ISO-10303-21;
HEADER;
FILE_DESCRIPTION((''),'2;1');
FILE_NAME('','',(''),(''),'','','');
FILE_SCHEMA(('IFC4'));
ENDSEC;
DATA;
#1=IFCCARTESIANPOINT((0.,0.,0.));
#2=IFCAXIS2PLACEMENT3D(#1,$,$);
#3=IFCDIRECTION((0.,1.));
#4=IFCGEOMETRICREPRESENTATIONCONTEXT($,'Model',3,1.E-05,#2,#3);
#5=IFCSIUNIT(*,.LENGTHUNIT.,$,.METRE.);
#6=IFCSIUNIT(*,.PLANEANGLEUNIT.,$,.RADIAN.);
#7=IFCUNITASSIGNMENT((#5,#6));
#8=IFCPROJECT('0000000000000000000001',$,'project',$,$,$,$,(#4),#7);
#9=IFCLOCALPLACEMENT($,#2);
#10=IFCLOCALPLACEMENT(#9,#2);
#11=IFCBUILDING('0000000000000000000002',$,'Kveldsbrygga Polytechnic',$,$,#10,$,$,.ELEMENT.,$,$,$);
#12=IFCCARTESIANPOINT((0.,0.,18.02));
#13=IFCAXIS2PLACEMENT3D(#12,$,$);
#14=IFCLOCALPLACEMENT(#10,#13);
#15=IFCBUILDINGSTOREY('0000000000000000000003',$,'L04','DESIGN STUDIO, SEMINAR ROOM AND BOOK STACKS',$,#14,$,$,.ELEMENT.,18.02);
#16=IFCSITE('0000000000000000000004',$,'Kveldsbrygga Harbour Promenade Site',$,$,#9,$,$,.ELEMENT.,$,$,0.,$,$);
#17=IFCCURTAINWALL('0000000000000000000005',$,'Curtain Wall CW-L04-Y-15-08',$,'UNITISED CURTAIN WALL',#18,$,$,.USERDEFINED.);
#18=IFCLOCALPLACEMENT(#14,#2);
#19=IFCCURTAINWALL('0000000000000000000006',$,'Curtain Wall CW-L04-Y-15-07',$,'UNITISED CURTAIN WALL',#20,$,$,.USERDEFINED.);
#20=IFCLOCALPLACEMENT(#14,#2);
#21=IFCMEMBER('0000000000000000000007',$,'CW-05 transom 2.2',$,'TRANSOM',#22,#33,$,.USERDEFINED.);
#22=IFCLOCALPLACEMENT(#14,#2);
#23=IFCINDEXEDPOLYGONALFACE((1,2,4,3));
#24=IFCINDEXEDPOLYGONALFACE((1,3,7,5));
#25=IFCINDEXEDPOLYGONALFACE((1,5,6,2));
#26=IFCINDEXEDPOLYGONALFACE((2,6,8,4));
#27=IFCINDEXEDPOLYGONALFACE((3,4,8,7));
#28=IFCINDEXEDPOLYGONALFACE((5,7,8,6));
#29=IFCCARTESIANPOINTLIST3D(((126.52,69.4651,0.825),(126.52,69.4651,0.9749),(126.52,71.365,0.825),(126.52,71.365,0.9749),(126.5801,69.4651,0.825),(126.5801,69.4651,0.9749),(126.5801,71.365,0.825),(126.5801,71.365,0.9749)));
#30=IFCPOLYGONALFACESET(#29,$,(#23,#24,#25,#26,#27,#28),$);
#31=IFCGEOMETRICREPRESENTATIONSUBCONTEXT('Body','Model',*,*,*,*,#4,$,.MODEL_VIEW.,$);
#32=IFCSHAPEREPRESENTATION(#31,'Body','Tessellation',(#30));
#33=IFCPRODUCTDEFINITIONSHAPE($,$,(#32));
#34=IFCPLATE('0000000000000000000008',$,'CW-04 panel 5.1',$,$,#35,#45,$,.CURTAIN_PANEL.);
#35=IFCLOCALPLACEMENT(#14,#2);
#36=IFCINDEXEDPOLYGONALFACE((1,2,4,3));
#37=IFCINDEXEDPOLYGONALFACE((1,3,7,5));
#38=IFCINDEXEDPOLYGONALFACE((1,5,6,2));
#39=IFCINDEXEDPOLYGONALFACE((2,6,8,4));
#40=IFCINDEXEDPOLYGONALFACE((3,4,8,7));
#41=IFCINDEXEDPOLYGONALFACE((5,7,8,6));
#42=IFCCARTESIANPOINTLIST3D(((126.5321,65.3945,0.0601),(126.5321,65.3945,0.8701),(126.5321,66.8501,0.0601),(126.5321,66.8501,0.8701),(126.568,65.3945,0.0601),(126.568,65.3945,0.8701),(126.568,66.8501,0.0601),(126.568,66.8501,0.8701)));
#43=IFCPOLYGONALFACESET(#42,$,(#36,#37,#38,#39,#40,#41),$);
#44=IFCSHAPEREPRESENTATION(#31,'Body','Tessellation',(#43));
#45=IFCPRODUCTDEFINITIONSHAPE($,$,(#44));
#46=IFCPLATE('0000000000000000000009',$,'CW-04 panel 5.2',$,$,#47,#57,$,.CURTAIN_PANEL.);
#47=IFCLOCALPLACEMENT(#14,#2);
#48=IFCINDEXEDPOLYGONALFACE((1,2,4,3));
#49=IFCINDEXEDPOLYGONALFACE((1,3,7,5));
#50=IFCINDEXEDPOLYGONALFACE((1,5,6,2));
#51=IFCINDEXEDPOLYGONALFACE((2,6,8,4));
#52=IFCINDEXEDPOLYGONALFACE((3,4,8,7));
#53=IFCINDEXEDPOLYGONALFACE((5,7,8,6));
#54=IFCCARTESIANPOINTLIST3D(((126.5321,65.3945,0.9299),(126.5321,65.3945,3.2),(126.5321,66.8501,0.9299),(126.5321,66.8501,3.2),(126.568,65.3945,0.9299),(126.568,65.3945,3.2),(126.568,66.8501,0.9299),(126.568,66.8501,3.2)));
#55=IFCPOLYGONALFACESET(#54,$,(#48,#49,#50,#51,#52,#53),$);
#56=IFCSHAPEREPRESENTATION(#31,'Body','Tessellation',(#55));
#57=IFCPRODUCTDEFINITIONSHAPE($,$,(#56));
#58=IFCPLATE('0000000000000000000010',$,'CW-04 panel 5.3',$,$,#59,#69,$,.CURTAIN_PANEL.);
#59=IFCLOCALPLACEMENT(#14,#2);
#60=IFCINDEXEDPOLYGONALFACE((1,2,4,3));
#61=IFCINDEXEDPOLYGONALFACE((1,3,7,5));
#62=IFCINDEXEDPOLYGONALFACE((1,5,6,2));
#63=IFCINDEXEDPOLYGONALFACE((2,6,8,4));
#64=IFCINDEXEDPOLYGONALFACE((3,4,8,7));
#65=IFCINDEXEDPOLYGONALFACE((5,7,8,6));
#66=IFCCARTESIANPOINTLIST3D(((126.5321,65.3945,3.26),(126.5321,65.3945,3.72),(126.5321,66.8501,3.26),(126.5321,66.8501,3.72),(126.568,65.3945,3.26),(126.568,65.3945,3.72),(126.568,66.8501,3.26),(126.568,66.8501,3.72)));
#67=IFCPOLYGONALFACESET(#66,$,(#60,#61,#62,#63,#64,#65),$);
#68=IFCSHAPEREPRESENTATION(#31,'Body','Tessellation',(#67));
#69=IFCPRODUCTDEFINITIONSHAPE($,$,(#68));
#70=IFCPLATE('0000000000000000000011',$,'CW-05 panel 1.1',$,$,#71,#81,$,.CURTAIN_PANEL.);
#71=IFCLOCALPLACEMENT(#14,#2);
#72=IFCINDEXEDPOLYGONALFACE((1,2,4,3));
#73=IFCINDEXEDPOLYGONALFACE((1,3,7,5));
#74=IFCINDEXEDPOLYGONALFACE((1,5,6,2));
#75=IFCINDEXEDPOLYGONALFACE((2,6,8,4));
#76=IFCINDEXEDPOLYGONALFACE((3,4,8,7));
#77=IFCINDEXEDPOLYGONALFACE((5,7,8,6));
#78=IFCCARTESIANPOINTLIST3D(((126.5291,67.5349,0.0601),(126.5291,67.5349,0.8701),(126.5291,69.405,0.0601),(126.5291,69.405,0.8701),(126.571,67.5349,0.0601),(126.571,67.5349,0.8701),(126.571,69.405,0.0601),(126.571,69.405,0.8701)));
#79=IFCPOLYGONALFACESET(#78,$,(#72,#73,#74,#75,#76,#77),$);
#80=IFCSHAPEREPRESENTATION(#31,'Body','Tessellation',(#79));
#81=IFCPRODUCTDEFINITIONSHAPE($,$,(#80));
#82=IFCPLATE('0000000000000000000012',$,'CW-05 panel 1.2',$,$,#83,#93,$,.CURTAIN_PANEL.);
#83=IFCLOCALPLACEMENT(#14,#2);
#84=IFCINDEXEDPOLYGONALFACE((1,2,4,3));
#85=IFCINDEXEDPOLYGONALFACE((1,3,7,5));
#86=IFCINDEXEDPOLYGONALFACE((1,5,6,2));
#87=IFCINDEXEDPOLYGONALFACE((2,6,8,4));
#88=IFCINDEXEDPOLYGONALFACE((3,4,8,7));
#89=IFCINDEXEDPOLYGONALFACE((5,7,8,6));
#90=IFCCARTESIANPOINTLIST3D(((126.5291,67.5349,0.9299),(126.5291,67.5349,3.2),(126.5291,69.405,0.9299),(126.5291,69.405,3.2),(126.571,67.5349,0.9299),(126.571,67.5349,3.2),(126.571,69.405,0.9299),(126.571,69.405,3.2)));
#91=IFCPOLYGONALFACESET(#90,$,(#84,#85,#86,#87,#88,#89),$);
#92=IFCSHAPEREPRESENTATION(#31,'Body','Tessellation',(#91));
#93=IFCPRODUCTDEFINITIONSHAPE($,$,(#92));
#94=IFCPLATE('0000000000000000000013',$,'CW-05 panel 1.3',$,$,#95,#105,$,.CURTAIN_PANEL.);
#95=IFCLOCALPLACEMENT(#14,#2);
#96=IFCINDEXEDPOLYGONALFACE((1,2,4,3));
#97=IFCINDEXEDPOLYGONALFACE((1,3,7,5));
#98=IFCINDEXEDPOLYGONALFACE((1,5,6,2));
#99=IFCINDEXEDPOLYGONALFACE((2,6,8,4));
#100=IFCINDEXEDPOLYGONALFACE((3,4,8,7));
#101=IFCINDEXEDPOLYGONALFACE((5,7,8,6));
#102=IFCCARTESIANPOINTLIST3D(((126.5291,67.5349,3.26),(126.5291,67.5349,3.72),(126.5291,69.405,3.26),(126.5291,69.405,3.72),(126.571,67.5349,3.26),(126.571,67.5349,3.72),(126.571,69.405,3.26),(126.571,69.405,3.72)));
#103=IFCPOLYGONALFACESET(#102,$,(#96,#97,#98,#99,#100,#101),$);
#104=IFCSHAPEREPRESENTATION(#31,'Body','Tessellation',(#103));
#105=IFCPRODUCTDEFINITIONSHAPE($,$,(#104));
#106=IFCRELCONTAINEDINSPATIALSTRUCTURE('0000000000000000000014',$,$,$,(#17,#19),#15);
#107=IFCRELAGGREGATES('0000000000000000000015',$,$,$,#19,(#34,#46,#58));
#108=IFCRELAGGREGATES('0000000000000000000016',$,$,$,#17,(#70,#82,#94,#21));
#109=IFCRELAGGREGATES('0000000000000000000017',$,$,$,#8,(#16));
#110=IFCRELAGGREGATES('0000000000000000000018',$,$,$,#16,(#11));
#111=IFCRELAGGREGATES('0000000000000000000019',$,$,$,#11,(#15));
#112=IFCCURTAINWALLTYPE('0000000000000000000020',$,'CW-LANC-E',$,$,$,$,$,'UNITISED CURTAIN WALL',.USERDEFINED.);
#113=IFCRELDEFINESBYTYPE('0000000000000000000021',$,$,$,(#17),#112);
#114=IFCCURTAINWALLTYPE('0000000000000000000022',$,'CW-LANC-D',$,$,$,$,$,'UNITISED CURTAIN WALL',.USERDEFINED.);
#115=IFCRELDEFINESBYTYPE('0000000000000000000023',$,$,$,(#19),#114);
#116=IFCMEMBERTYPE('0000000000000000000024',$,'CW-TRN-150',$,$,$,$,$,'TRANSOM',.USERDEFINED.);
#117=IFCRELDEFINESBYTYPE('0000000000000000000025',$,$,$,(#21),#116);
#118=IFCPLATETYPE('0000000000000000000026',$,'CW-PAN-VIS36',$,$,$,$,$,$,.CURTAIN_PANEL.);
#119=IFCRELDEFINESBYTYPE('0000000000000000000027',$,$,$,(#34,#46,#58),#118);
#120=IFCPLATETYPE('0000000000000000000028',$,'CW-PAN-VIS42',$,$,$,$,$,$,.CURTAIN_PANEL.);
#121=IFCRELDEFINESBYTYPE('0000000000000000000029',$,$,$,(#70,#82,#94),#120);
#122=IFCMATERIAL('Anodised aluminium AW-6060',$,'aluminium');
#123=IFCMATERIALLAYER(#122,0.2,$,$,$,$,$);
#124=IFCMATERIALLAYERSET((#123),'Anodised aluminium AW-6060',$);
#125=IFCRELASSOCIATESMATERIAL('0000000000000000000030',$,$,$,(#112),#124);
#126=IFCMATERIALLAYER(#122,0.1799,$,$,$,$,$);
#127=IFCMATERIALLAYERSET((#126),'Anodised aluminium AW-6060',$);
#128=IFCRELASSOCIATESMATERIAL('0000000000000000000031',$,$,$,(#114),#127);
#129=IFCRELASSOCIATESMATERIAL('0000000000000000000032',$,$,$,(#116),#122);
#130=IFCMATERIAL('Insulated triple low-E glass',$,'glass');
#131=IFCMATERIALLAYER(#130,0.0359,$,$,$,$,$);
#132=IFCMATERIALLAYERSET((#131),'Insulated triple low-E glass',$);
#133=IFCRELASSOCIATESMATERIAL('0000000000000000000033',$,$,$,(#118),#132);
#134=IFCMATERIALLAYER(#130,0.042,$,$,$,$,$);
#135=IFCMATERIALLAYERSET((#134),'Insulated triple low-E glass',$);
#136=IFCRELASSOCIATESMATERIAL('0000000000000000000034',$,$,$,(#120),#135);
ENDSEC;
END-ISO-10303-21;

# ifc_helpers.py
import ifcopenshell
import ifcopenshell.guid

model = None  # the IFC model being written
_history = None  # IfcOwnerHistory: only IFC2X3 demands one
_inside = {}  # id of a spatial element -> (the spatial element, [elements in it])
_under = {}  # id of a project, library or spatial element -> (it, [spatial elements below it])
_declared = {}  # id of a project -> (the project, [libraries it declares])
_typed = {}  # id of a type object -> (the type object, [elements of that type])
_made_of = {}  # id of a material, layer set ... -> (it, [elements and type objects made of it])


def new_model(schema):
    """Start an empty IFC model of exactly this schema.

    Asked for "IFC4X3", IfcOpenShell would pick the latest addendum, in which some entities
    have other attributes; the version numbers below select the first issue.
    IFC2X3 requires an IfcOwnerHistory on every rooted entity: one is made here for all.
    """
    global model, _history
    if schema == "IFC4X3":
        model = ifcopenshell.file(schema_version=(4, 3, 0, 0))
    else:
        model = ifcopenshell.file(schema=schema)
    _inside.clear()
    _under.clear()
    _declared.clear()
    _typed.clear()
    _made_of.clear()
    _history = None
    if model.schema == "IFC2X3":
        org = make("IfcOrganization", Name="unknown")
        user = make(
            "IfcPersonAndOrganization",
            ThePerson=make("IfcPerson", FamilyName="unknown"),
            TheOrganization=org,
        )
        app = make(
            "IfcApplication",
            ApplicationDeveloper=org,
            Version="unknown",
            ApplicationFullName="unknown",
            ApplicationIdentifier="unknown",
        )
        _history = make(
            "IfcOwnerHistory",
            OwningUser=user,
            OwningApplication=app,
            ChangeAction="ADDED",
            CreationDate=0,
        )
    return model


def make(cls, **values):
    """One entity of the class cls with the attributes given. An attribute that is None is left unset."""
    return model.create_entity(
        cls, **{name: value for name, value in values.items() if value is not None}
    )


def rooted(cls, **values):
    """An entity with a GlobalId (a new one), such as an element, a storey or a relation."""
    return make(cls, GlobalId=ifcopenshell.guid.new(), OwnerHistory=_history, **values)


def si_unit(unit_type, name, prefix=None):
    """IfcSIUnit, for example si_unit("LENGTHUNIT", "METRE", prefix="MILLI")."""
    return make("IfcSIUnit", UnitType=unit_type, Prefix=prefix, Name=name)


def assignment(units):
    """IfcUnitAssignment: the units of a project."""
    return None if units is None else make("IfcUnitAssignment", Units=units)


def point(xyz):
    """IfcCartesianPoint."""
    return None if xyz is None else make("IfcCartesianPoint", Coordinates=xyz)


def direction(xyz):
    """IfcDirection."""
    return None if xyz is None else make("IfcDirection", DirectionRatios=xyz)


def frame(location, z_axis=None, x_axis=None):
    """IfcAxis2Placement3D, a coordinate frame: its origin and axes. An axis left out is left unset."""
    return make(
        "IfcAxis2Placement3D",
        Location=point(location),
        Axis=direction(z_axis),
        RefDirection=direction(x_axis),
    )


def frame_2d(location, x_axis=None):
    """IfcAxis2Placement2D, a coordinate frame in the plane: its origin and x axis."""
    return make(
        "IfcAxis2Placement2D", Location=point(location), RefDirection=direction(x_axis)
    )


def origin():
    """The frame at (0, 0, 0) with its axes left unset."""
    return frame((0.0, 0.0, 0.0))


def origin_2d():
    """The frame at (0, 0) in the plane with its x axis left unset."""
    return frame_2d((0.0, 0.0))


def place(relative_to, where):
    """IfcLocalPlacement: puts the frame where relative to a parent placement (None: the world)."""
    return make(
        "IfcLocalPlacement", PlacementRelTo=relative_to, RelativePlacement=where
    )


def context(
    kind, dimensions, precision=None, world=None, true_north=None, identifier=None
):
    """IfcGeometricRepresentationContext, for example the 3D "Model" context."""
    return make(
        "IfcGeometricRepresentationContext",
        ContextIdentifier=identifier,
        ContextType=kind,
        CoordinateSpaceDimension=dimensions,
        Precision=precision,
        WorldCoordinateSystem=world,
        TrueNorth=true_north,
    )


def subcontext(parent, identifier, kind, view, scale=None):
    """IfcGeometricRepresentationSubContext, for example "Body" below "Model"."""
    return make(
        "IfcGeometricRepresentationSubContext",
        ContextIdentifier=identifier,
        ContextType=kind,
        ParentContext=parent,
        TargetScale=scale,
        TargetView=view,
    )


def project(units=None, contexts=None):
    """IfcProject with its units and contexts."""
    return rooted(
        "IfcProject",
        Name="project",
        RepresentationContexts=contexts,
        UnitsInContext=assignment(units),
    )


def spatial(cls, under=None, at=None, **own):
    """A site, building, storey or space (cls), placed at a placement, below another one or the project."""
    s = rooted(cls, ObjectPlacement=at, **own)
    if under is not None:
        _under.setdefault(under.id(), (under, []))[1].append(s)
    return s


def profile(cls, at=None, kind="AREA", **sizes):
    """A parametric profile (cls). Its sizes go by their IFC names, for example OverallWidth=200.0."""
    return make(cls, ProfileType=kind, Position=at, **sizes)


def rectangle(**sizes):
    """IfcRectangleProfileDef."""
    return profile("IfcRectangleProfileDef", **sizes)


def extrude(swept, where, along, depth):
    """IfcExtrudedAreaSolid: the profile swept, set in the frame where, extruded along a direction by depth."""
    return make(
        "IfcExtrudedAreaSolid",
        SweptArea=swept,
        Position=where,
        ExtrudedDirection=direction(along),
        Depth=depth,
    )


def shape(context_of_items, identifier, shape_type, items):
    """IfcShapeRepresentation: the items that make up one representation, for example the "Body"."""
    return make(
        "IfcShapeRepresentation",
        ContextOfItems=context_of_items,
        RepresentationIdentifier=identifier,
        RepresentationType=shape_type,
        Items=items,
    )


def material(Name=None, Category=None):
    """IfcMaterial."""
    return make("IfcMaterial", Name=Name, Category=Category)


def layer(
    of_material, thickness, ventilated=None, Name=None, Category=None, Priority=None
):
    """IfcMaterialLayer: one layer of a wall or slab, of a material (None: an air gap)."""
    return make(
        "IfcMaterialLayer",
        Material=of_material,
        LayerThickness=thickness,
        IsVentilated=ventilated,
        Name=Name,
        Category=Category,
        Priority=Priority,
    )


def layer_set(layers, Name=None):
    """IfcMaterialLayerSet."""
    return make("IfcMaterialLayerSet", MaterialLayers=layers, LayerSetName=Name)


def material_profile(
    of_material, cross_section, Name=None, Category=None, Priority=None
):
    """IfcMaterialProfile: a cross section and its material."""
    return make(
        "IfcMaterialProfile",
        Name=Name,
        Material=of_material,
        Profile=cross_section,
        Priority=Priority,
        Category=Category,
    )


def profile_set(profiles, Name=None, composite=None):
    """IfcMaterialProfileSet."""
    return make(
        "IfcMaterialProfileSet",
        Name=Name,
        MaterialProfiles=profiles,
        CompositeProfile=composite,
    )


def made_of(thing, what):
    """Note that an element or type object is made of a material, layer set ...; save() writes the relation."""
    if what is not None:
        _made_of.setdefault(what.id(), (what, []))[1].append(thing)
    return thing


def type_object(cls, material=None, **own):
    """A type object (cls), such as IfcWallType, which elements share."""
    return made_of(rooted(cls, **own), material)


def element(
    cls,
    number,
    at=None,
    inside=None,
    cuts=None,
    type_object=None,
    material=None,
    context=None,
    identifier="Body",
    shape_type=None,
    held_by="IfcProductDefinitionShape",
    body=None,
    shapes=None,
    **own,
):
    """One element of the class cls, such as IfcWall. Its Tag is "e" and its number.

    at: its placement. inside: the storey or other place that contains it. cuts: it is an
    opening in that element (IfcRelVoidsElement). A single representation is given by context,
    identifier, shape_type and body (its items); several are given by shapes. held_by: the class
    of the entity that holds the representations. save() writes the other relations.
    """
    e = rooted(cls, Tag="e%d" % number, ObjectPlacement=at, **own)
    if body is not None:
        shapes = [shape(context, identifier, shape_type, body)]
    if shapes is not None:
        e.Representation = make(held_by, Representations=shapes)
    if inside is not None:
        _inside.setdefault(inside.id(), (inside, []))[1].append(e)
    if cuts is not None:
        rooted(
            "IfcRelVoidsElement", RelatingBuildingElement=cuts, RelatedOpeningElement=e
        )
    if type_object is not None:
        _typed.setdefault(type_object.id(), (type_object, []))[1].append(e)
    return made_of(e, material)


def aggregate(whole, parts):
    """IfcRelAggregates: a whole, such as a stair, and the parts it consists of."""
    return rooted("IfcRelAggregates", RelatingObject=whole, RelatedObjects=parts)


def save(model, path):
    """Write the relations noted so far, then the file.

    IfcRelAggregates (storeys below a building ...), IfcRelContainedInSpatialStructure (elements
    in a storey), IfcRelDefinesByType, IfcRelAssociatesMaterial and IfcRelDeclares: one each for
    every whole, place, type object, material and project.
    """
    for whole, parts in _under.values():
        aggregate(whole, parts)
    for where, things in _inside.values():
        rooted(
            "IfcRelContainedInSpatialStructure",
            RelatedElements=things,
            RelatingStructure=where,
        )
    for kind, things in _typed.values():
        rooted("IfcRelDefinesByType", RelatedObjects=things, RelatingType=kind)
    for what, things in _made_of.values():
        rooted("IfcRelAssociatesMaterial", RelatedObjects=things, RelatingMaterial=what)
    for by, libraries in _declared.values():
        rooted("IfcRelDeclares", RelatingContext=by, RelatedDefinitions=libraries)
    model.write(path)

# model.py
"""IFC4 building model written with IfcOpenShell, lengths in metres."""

from ifc_helpers import new_model, si_unit, direction, frame, origin, origin_2d, place, context, subcontext, project, spatial, rectangle, extrude, material, layer, layer_set, material_profile, profile_set, type_object, element, aggregate, save


model = new_model("IFC4")

# Units and contexts
model_context = context("Model", 3, precision=1e-05, world=origin(), true_north=direction((0.0, 1.0)))
body_context = subcontext(model_context, "Body", "Model", "MODEL_VIEW")
ifc_project = project(units=[si_unit("LENGTHUNIT", "METRE"), si_unit("PLANEANGLEUNIT", "RADIAN")], contexts=[model_context])

# Site, building, storey
site_placement = place(None, origin())
site = spatial("IfcSite", under=ifc_project, at=site_placement, Name="Kveldsbrygga Harbour Promenade Site", CompositionType="ELEMENT", RefElevation=0.0)
building_placement = place(site_placement, origin())
building = spatial("IfcBuilding", under=site, at=building_placement, Name="Kveldsbrygga Polytechnic", CompositionType="ELEMENT")
storey_placement = place(building_placement, frame((0.0, 0.0, 18.02)))
storey = spatial("IfcBuildingStorey", under=building, at=storey_placement, Name="L04", Description="DESIGN STUDIO, SEMINAR ROOM AND BOOK STACKS", CompositionType="ELEMENT", Elevation=18.02)

# Curtain walls
ifc_material_1 = material(Name="Anodised aluminium AW-6060", Category="aluminium")
ifc_layer_1 = layer(ifc_material_1, 0.2)
ifc_layer_set_1 = layer_set([ifc_layer_1], Name="Anodised aluminium AW-6060")
curtain_wall_type_1 = type_object("IfcCurtainWallType", Name="CW-LANC-E", ElementType="UNITISED CURTAIN WALL", PredefinedType="USERDEFINED", material=ifc_layer_set_1)
curtain_wall_1_placement = place(storey_placement, origin())
curtain_wall_1 = element("IfcCurtainWall", 1, at=curtain_wall_1_placement, inside=storey, type_object=curtain_wall_type_1, Name="Curtain Wall CW-L04-Y-15-08", ObjectType="UNITISED CURTAIN WALL", PredefinedType="USERDEFINED")
ifc_layer_2 = layer(ifc_material_1, 0.1799)
ifc_layer_set_2 = layer_set([ifc_layer_2], Name="Anodised aluminium AW-6060")
curtain_wall_type_2 = type_object("IfcCurtainWallType", Name="CW-LANC-D", ElementType="UNITISED CURTAIN WALL", PredefinedType="USERDEFINED", material=ifc_layer_set_2)
curtain_wall_2_placement = place(storey_placement, origin())
curtain_wall_2 = element("IfcCurtainWall", 2, at=curtain_wall_2_placement, inside=storey, type_object=curtain_wall_type_2, Name="Curtain Wall CW-L04-Y-15-07", ObjectType="UNITISED CURTAIN WALL", PredefinedType="USERDEFINED")

# Member
ifc_material_profile_1 = material_profile(ifc_material_1, rectangle(XDim=0.0601, YDim=0.1499, at=origin_2d()), Name="ALU 60x150")
ifc_profile_set_1 = profile_set([ifc_material_profile_1], Name="Anodised aluminium AW-6060")
member_type_1 = type_object("IfcMemberType", Name="CW-TRN-150", ElementType="TRANSOM", PredefinedType="USERDEFINED", material=ifc_profile_set_1)
member_1_placement = place(storey_placement, frame((126.55, 69.4651, 0.8999), z_axis=(0.0, 1.0, 0.0), x_axis=(-1.0, 0.0, 0.0)))
member_1 = element("IfcMember", 3, at=member_1_placement, type_object=member_type_1, Name="CW-05 transom 2.2", ObjectType="TRANSOM", PredefinedType="USERDEFINED", context=body_context, shape_type="SweptSolid", body=[
    extrude(rectangle(XDim=0.0601, YDim=0.1499, at=origin_2d()), origin(), (0.0, 0.0, 1.0), 1.8999),
])

# Plates
ifc_material_2 = material(Name="Insulated triple low-E glass", Category="glass")
ifc_layer_3 = layer(ifc_material_2, 0.0359)
ifc_layer_set_3 = layer_set([ifc_layer_3], Name="Insulated triple low-E glass")
plate_type_1 = type_object("IfcPlateType", Name="CW-PAN-VIS36", PredefinedType="CURTAIN_PANEL", material=ifc_layer_set_3)
plate_1_placement = place(storey_placement, frame((126.55, 66.1223, 0.0601), z_axis=(0.0, 0.0, 1.0), x_axis=(0.0, 1.0, 0.0)))
plate_1 = element("IfcPlate", 4, at=plate_1_placement, type_object=plate_type_1, Name="CW-04 panel 5.1", PredefinedType="CURTAIN_PANEL", context=body_context, shape_type="SweptSolid", body=[
    extrude(rectangle(XDim=1.4556, YDim=0.0359, at=origin_2d()), origin(), (0.0, 0.0, 1.0), 0.8101),
])
plate_2_placement = place(storey_placement, frame((126.55, 66.1223, 0.9299), z_axis=(0.0, 0.0, 1.0), x_axis=(0.0, 1.0, 0.0)))
plate_2 = element("IfcPlate", 5, at=plate_2_placement, type_object=plate_type_1, Name="CW-04 panel 5.2", PredefinedType="CURTAIN_PANEL", context=body_context, shape_type="SweptSolid", body=[
    extrude(rectangle(XDim=1.4556, YDim=0.0359, at=origin_2d()), origin(), (0.0, 0.0, 1.0), 2.27),
])
plate_3_placement = place(storey_placement, frame((126.55, 66.1223, 3.26), z_axis=(0.0, 0.0, 1.0), x_axis=(0.0, 1.0, 0.0)))
plate_3 = element("IfcPlate", 6, at=plate_3_placement, type_object=plate_type_1, Name="CW-04 panel 5.3", PredefinedType="CURTAIN_PANEL", context=body_context, shape_type="SweptSolid", body=[
    extrude(rectangle(XDim=1.4556, YDim=0.0359, at=origin_2d()), origin(), (0.0, 0.0, 1.0), 0.46),
])
aggregate(curtain_wall_2, [plate_1, plate_2, plate_3])
ifc_layer_4 = layer(ifc_material_2, 0.042)
ifc_layer_set_4 = layer_set([ifc_layer_4], Name="Insulated triple low-E glass")
plate_type_2 = type_object("IfcPlateType", Name="CW-PAN-VIS42", PredefinedType="CURTAIN_PANEL", material=ifc_layer_set_4)
plate_4_placement = place(storey_placement, frame((126.55, 68.47, 0.0601), z_axis=(0.0, 0.0, 1.0), x_axis=(0.0, 1.0, 0.0)))
plate_4 = element("IfcPlate", 7, at=plate_4_placement, type_object=plate_type_2, Name="CW-05 panel 1.1", PredefinedType="CURTAIN_PANEL", context=body_context, shape_type="SweptSolid", body=[
    extrude(rectangle(XDim=1.8701, YDim=0.042, at=origin_2d()), origin(), (0.0, 0.0, 1.0), 0.8101),
])
plate_5_placement = place(storey_placement, frame((126.55, 68.47, 0.9299), z_axis=(0.0, 0.0, 1.0), x_axis=(0.0, 1.0, 0.0)))
plate_5 = element("IfcPlate", 8, at=plate_5_placement, type_object=plate_type_2, Name="CW-05 panel 1.2", PredefinedType="CURTAIN_PANEL", context=body_context, shape_type="SweptSolid", body=[
    extrude(rectangle(XDim=1.8701, YDim=0.042, at=origin_2d()), origin(), (0.0, 0.0, 1.0), 2.27),
])
plate_6_placement = place(storey_placement, frame((126.55, 68.47, 3.26), z_axis=(0.0, 0.0, 1.0), x_axis=(0.0, 1.0, 0.0)))
plate_6 = element("IfcPlate", 9, at=plate_6_placement, type_object=plate_type_2, Name="CW-05 panel 1.3", PredefinedType="CURTAIN_PANEL", context=body_context, shape_type="SweptSolid", body=[
    extrude(rectangle(XDim=1.8701, YDim=0.042, at=origin_2d()), origin(), (0.0, 0.0, 1.0), 0.46),
])
aggregate(curtain_wall_1, [plate_4, plate_5, plate_6, member_1])

save(model, "model.ifc")
